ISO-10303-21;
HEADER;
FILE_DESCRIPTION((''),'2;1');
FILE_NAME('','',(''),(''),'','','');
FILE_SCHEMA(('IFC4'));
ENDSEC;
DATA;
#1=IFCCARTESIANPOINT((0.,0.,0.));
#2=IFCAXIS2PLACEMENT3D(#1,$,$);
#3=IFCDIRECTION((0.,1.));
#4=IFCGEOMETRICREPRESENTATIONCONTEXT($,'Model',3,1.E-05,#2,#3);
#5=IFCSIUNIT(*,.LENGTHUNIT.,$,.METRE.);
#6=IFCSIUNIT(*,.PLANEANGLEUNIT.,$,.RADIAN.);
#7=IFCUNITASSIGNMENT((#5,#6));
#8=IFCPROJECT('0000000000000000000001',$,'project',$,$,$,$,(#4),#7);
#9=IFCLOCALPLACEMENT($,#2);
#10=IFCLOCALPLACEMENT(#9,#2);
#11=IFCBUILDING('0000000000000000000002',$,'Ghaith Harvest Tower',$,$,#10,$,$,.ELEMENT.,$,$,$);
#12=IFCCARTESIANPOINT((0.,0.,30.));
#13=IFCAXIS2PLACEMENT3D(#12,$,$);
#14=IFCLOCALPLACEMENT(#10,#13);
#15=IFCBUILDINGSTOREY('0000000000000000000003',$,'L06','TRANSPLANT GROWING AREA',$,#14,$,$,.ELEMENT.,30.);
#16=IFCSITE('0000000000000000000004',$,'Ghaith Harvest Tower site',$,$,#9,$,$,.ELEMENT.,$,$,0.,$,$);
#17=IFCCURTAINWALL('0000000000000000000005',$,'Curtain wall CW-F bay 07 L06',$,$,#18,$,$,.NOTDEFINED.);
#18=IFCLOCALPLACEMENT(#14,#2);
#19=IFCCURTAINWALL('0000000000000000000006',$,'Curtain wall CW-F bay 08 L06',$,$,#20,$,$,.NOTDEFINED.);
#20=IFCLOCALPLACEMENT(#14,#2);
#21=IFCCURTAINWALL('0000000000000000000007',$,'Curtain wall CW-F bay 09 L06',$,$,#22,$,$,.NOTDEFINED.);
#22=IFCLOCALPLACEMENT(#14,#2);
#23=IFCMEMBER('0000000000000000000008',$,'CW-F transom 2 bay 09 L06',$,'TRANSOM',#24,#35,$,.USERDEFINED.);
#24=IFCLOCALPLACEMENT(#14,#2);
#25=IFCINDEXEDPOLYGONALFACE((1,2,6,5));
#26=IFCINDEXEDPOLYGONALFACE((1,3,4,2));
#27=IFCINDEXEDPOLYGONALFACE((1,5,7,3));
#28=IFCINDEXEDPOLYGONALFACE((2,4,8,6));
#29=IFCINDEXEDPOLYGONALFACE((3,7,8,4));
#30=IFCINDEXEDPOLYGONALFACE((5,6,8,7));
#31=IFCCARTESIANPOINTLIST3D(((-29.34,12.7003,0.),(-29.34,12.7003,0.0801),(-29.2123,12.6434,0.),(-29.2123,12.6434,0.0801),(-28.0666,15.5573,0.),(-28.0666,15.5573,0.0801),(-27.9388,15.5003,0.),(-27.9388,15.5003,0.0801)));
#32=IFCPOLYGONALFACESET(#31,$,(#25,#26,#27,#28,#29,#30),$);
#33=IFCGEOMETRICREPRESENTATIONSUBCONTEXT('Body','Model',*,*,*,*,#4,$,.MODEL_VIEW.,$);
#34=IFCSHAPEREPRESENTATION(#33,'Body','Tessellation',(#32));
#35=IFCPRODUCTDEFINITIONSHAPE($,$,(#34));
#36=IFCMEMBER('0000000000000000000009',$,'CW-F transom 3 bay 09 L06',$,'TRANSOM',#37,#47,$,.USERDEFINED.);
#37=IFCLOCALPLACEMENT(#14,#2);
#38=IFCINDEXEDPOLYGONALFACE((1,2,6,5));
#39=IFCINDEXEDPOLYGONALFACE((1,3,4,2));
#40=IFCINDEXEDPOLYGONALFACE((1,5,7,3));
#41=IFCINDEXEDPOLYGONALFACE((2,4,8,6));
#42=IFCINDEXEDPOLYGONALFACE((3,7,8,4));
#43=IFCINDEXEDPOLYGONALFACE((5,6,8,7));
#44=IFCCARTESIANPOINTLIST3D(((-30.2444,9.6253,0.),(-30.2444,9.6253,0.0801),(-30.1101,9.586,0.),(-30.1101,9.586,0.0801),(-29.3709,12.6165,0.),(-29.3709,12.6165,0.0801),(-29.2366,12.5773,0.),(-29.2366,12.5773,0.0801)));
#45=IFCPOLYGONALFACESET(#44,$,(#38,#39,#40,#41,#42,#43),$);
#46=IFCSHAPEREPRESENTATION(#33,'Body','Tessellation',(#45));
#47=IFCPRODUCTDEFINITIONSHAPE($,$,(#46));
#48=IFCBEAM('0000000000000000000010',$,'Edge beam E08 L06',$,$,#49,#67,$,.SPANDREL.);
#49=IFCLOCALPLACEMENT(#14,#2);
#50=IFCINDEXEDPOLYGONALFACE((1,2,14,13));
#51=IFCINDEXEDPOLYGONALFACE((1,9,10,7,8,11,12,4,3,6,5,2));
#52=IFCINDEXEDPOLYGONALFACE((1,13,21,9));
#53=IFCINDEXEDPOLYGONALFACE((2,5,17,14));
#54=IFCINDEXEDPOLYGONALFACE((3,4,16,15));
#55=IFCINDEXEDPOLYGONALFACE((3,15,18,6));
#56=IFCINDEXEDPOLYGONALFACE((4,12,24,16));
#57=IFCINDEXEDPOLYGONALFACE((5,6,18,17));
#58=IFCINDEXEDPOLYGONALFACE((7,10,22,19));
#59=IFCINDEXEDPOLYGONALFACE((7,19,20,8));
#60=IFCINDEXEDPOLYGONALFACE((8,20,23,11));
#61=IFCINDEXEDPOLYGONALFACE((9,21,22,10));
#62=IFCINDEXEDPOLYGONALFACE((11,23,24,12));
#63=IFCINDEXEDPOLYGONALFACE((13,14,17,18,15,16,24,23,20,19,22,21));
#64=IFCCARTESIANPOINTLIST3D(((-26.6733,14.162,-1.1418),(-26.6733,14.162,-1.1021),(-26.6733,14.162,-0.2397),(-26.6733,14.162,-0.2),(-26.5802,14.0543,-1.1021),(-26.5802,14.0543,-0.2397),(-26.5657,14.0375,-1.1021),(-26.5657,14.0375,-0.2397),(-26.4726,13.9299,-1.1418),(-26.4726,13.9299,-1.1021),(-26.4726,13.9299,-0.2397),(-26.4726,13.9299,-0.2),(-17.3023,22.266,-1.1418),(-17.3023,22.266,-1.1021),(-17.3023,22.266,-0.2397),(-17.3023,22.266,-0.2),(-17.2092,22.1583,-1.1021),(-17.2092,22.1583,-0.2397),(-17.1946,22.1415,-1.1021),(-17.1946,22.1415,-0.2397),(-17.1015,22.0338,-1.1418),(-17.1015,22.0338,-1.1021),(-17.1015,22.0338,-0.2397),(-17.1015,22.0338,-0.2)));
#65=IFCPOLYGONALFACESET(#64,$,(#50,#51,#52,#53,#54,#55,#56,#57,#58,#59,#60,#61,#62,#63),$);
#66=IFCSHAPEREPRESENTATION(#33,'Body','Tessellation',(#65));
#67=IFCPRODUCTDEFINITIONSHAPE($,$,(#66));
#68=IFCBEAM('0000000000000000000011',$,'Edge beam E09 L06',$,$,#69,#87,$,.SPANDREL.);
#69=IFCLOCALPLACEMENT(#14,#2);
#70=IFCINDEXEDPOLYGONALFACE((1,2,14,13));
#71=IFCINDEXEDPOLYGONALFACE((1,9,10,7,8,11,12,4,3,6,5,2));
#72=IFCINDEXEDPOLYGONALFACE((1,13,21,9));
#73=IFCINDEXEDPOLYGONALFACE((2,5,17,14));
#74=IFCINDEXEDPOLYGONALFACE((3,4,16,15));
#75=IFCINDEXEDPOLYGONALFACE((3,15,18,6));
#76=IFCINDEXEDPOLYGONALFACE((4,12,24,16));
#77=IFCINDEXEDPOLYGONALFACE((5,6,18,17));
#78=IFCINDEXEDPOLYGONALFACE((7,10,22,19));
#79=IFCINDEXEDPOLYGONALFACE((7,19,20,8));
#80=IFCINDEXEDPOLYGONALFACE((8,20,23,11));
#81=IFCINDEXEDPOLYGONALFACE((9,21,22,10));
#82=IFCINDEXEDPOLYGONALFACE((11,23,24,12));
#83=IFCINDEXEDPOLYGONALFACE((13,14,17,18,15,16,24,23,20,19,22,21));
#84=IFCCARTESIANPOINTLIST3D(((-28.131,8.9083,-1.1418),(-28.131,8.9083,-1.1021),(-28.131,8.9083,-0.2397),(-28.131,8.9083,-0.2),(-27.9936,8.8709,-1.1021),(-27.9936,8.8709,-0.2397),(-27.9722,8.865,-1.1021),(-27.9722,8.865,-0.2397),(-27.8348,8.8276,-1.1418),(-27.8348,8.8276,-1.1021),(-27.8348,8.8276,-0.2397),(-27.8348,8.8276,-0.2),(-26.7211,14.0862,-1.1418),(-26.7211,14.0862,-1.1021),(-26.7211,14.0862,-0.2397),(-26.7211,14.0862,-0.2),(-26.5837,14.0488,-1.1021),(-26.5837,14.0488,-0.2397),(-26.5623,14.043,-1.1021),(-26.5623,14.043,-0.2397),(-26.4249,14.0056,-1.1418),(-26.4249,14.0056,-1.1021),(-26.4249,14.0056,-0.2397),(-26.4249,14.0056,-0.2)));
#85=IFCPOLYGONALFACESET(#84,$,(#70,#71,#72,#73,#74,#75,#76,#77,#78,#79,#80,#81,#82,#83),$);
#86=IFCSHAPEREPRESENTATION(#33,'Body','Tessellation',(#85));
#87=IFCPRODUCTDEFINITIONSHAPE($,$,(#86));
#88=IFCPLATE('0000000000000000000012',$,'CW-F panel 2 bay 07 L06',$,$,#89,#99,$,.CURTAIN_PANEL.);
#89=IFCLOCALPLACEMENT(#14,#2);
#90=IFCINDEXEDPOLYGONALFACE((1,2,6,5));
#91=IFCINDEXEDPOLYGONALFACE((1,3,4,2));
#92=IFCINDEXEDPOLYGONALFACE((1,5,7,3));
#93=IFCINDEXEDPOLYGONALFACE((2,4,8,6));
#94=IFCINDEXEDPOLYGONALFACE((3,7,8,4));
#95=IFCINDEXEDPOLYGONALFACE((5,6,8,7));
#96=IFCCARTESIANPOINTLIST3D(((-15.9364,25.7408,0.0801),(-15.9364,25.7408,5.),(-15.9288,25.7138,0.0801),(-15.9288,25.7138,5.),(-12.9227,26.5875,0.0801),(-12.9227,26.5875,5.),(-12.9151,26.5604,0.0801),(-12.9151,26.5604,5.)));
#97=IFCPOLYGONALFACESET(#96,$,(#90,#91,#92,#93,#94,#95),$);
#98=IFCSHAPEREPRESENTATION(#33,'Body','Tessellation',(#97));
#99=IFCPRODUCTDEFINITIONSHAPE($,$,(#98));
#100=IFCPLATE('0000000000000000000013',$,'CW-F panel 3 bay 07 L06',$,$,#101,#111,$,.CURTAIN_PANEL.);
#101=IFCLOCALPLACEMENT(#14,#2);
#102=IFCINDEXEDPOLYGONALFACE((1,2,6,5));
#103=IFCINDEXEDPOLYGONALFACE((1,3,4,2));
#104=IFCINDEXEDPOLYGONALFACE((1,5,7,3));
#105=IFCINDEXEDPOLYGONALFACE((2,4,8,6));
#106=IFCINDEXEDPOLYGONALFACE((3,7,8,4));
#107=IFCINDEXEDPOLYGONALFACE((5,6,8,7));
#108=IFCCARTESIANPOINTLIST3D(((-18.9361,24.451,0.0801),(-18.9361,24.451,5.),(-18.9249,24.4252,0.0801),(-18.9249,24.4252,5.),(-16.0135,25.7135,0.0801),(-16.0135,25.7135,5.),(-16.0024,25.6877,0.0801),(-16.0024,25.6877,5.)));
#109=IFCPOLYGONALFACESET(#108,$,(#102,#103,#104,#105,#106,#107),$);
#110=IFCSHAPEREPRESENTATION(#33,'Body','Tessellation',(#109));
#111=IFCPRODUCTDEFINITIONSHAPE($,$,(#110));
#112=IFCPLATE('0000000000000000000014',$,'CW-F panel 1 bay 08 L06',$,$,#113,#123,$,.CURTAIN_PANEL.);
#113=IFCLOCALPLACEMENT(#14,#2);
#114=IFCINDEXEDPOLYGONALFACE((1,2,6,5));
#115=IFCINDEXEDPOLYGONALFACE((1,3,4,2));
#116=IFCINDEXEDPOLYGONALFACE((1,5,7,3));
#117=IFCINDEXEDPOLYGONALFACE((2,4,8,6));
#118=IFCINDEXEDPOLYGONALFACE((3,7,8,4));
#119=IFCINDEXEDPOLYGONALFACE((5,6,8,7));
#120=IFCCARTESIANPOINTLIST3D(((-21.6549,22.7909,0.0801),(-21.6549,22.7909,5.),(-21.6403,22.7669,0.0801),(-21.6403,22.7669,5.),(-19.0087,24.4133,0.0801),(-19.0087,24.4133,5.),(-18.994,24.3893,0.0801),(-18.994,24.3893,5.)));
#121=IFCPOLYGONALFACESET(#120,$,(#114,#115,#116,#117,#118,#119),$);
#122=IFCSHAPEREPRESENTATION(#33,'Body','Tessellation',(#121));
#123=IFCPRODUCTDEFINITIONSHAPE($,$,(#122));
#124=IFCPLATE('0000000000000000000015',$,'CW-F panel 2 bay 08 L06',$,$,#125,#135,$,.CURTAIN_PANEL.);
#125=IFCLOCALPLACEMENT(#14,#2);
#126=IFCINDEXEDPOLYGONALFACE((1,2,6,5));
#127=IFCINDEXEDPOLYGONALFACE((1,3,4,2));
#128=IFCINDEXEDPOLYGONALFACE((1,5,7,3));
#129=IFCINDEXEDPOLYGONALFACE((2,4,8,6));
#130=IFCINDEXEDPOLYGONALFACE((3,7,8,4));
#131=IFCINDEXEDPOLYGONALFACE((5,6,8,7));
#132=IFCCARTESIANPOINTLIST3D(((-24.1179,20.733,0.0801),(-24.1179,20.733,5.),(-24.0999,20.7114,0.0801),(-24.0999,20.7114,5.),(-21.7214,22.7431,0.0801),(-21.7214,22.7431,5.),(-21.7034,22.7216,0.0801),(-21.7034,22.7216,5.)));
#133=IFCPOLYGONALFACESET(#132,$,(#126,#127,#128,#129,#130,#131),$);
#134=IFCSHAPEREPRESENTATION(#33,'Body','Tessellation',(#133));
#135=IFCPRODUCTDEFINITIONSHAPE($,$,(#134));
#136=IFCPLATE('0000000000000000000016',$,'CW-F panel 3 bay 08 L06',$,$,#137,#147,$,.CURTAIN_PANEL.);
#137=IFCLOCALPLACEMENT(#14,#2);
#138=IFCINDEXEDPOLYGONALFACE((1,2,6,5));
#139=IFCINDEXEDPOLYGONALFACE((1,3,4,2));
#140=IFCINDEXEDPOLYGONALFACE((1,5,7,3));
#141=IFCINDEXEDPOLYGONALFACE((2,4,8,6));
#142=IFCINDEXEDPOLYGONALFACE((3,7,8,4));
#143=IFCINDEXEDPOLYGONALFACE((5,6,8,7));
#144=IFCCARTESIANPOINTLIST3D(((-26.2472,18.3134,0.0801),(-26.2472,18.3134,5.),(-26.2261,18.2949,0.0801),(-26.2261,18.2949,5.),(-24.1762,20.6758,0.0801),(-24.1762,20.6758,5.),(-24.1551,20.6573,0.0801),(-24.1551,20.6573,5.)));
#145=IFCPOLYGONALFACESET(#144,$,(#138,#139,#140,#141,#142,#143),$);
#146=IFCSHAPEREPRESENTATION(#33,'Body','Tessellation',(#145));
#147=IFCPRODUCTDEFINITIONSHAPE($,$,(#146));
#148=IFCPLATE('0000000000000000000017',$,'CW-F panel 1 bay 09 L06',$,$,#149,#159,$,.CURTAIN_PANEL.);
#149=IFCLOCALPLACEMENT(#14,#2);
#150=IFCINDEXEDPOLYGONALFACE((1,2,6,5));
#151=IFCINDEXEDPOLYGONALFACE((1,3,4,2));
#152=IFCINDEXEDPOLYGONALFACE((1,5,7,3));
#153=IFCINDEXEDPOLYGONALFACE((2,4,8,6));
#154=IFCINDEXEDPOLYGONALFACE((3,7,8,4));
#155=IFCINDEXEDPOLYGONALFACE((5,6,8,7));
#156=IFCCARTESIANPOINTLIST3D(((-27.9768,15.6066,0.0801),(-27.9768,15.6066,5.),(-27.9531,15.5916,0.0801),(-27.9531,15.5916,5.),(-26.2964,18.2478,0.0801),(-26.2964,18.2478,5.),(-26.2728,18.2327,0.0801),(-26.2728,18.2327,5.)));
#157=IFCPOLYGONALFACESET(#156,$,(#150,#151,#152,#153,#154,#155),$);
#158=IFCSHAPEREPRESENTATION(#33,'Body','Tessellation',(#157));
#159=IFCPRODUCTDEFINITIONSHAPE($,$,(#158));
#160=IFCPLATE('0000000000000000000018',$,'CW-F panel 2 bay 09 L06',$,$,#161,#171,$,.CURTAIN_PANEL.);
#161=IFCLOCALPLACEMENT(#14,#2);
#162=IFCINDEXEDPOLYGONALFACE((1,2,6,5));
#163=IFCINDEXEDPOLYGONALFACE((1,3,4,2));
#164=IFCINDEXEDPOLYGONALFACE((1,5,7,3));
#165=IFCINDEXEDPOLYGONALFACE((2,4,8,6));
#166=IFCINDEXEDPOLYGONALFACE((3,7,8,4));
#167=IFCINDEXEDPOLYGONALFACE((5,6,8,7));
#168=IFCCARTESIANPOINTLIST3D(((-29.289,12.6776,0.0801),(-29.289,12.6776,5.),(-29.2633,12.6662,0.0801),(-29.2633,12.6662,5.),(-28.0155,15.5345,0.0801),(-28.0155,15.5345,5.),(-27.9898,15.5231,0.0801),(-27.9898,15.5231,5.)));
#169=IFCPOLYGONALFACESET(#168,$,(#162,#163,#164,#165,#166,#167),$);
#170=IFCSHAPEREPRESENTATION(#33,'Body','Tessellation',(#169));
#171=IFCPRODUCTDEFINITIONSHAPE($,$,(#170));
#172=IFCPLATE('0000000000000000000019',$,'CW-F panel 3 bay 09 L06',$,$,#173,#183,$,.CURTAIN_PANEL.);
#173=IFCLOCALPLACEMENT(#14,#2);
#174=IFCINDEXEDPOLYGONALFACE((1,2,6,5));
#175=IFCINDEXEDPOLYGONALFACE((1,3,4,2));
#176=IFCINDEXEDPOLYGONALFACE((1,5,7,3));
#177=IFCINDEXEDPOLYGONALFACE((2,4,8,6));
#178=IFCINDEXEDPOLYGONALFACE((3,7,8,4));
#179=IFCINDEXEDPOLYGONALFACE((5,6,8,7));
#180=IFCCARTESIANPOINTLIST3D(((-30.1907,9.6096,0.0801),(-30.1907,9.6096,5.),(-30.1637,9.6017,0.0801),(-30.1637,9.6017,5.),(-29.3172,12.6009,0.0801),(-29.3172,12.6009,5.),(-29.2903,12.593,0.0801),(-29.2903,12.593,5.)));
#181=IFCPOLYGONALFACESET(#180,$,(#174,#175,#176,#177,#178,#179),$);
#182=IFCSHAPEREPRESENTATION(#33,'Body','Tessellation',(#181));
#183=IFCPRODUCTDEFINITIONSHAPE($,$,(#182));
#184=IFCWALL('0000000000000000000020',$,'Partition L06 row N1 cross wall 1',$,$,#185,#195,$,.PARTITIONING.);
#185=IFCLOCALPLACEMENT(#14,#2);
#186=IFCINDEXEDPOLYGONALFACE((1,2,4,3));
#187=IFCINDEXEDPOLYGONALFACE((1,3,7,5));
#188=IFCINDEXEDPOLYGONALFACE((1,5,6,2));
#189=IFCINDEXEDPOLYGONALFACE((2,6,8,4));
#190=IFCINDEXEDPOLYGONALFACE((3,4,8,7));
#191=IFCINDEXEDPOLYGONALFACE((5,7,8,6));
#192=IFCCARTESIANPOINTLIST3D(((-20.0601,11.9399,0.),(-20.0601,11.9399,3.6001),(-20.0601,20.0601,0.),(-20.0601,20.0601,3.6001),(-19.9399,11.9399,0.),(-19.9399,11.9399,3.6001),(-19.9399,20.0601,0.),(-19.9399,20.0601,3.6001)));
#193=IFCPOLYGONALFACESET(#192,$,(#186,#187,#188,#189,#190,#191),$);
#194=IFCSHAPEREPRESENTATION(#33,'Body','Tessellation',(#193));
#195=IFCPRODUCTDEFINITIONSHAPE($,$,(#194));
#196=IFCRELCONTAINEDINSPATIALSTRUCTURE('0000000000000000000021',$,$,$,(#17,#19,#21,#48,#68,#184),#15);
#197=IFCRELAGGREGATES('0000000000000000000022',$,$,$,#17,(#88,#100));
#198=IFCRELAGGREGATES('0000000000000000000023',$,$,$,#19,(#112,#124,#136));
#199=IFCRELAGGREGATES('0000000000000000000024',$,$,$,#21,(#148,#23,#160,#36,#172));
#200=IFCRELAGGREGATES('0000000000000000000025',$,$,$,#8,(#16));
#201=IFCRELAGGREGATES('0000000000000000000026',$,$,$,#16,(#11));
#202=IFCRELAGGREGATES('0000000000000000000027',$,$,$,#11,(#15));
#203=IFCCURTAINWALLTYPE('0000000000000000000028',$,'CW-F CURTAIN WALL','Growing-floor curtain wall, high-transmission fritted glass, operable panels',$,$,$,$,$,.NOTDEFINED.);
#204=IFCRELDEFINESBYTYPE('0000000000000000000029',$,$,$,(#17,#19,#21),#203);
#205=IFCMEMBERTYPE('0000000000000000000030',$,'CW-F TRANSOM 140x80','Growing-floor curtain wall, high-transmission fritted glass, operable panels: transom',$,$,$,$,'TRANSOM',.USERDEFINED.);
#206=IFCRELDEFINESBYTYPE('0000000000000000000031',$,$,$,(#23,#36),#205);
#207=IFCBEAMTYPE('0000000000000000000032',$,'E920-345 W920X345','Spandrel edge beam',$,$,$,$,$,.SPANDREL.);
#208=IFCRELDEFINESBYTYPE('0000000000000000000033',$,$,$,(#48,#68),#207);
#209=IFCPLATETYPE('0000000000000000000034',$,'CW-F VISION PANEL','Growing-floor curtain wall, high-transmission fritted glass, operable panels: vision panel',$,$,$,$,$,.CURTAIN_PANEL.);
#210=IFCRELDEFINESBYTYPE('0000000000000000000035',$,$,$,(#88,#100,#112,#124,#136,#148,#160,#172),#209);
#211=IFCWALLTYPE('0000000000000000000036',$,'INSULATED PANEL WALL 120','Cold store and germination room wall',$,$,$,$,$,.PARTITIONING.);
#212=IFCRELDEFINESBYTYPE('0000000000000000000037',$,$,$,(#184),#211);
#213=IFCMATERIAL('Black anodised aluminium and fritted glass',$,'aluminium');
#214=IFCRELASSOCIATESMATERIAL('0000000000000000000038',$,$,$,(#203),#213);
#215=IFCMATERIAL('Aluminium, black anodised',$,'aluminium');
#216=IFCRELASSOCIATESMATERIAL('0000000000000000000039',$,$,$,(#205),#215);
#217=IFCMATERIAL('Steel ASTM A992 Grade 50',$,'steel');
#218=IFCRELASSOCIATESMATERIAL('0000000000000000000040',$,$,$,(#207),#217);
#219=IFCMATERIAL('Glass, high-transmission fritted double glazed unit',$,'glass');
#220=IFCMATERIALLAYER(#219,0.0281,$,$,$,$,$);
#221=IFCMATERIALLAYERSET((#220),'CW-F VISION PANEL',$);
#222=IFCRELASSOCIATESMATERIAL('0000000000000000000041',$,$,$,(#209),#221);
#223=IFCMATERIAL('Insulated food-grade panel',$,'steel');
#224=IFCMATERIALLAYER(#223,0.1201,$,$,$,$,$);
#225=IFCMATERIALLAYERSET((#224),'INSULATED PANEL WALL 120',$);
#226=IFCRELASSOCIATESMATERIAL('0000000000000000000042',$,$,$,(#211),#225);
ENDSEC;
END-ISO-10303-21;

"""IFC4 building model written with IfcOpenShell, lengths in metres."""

from ifc_helpers import new_model, si_unit, direction, frame, frame_2d, origin, origin_2d, place, context, subcontext, project, spatial, rectangle, i_section, extrude, material, layer, layer_set, material_profile, profile_set, type_object, element, aggregate, save


model = new_model("IFC4")

# Units and contexts
model_context = context("Model", 3, precision=1e-05, world=origin(), true_north=direction((0.0, 1.0)))
body_context = subcontext(model_context, "Body", "Model", "MODEL_VIEW")
ifc_project = project(units=[si_unit("LENGTHUNIT", "METRE"), si_unit("PLANEANGLEUNIT", "RADIAN")], contexts=[model_context])

# Site, building, storey
site_placement = place(None, origin())
site = spatial("IfcSite", under=ifc_project, at=site_placement, Name="Ghaith Harvest Tower site", CompositionType="ELEMENT", RefElevation=0.0)
building_placement = place(site_placement, origin())
building = spatial("IfcBuilding", under=site, at=building_placement, Name="Ghaith Harvest Tower", CompositionType="ELEMENT")
storey_placement = place(building_placement, frame((0.0, 0.0, 30.0)))
storey = spatial("IfcBuildingStorey", under=building, at=storey_placement, Name="L06", Description="TRANSPLANT GROWING AREA", CompositionType="ELEMENT", Elevation=30.0)

# Curtain wall
ifc_material_1 = material(Name="Black anodised aluminium and fritted glass", Category="aluminium")
curtain_wall_type = type_object("IfcCurtainWallType", Name="CW-F CURTAIN WALL", Description="Growing-floor curtain wall, high-transmission fritted glass, operable panels", PredefinedType="NOTDEFINED", material=ifc_material_1)
curtain_wall_1_placement = place(storey_placement, origin())
curtain_wall_1 = element("IfcCurtainWall", 1, at=curtain_wall_1_placement, inside=storey, type_object=curtain_wall_type, Name="Curtain wall CW-F bay 07 L06", PredefinedType="NOTDEFINED")

# Curtain walls
curtain_wall_2_placement = place(storey_placement, origin())
curtain_wall_2 = element("IfcCurtainWall", 2, at=curtain_wall_2_placement, inside=storey, type_object=curtain_wall_type, Name="Curtain wall CW-F bay 08 L06", PredefinedType="NOTDEFINED")
curtain_wall_3_placement = place(storey_placement, origin())
curtain_wall_3 = element("IfcCurtainWall", 3, at=curtain_wall_3_placement, inside=storey, type_object=curtain_wall_type, Name="Curtain wall CW-F bay 09 L06", PredefinedType="NOTDEFINED")

# Members
ifc_material_2 = material(Name="Aluminium, black anodised", Category="aluminium")
ifc_material_profile_1 = material_profile(ifc_material_2, rectangle(XDim=0.1399, YDim=0.0801, at=origin_2d()), Name="CW-F TRANSOM 140x80")
ifc_profile_set_1 = profile_set([ifc_material_profile_1], Name="Aluminium, black anodised")
member_type_1 = type_object("IfcMemberType", Name="CW-F TRANSOM 140x80", Description="Growing-floor curtain wall, high-transmission fritted glass, operable panels: transom", ElementType="TRANSOM", PredefinedType="USERDEFINED", material=ifc_profile_set_1)
member_1_placement = place(storey_placement, frame((-28.0027, 15.5288, 0.04), z_axis=(-0.407123, -0.913373, 0.0), x_axis=(0.913373, -0.407123, 0.0)))
member_1 = element("IfcMember", 4, at=member_1_placement, type_object=member_type_1, Name="CW-F transom 2 bay 09 L06", ObjectType="TRANSOM", PredefinedType="USERDEFINED", context=body_context, shape_type="SweptSolid", body=[
    extrude(rectangle(XDim=0.1399, YDim=0.0801, at=origin_2d()), origin(), (0.0, 0.0, 1.0), 3.1279),
])
member_2_placement = place(storey_placement, frame((-29.3037, 12.5969, 0.04), z_axis=(-0.280325, -0.959905, 0.0), x_axis=(0.959905, -0.280325, 0.0)))
member_2 = element("IfcMember", 5, at=member_2_placement, type_object=member_type_1, Name="CW-F transom 3 bay 09 L06", ObjectType="TRANSOM", PredefinedType="USERDEFINED", context=body_context, shape_type="SweptSolid", body=[
    extrude(rectangle(XDim=0.1399, YDim=0.0801, at=origin_2d()), origin(), (0.0, 0.0, 1.0), 3.1162),
])

# Beams
ifc_material_3 = material(Name="Steel ASTM A992 Grade 50", Category="steel")
ifc_material_profile_2 = material_profile(ifc_material_3, i_section(OverallWidth=0.3069, OverallDepth=0.9419, WebThickness=0.0222, FlangeThickness=0.0398, at=origin_2d()), Name="W920X345")
ifc_profile_set_2 = profile_set([ifc_material_profile_2], Name="Steel ASTM A992 Grade 50")
beam_type = type_object("IfcBeamType", Name="E920-345 W920X345", Description="Spandrel edge beam", PredefinedType="SPANDREL", material=ifc_profile_set_2)
beam_1_placement = place(storey_placement, frame((-17.2019, 22.1499, -0.6709), z_axis=(-0.756392, -0.654118, 0.0), x_axis=(0.654118, -0.756392, 0.0)))
element("IfcBeam", 6, at=beam_1_placement, inside=storey, type_object=beam_type, Name="Edge beam E08 L06", PredefinedType="SPANDREL", context=body_context, shape_type="SweptSolid", body=[
    extrude(i_section(OverallWidth=0.3069, OverallDepth=0.9419, WebThickness=0.0222, FlangeThickness=0.0398, at=origin_2d()), origin(), (0.0, 0.0, 1.0), 12.3892),
])
beam_2_placement = place(storey_placement, frame((-26.573, 14.0459, -0.6709), z_axis=(-0.262725, -0.964871, 0.0), x_axis=(0.964871, -0.262725, 0.0)))
element("IfcBeam", 7, at=beam_2_placement, inside=storey, type_object=beam_type, Name="Edge beam E09 L06", PredefinedType="SPANDREL", context=body_context, shape_type="SweptSolid", body=[
    extrude(i_section(OverallWidth=0.3069, OverallDepth=0.9419, WebThickness=0.0222, FlangeThickness=0.0398, at=origin_2d()), origin(), (0.0, 0.0, 1.0), 5.3665),
])

# Plates
ifc_material_4 = material(Name="Glass, high-transmission fritted double glazed unit", Category="glass")
ifc_layer_1 = layer(ifc_material_4, 0.0281)
ifc_layer_set_1 = layer_set([ifc_layer_1], Name="CW-F VISION PANEL")
plate_type = type_object("IfcPlateType", Name="CW-F VISION PANEL", Description="Growing-floor curtain wall, high-transmission fritted glass, operable panels: vision panel", PredefinedType="CURTAIN_PANEL", material=ifc_layer_set_1)
plate_1_placement = place(storey_placement, frame((-14.4258, 26.1506, 0.0801), z_axis=(0.0, 0.0, 1.0), x_axis=(-0.96273, -0.270465, 0.0)))
plate_1 = element("IfcPlate", 8, at=plate_1_placement, type_object=plate_type, Name="CW-F panel 2 bay 07 L06", PredefinedType="CURTAIN_PANEL", context=body_context, shape_type="SweptSolid", body=[
    extrude(rectangle(XDim=3.1304, YDim=0.0281, at=origin_2d()), origin(), (0.0, 0.0, 1.0), 4.9199),
])
plate_2_placement = place(storey_placement, frame((-17.4692, 25.0693, 0.0801), z_axis=(0.0, 0.0, 1.0), x_axis=(-0.918003, -0.396574, 0.0)))
plate_2 = element("IfcPlate", 9, at=plate_2_placement, type_object=plate_type, Name="CW-F panel 3 bay 07 L06", PredefinedType="CURTAIN_PANEL", context=body_context, shape_type="SweptSolid", body=[
    extrude(rectangle(XDim=3.1836, YDim=0.0281, at=origin_2d()), origin(), (0.0, 0.0, 1.0), 4.9199),
])
aggregate(curtain_wall_1, [plate_1, plate_2])
plate_3_placement = place(storey_placement, frame((-20.3245, 23.5901, 0.0801), z_axis=(0.0, 0.0, 1.0), x_axis=(-0.852528, -0.522682, 0.0)))
plate_3 = element("IfcPlate", 10, at=plate_3_placement, type_object=plate_type, Name="CW-F panel 1 bay 08 L06", PredefinedType="CURTAIN_PANEL", context=body_context, shape_type="SweptSolid", body=[
    extrude(rectangle(XDim=3.104, YDim=0.0281, at=origin_2d()), origin(), (0.0, 0.0, 1.0), 4.9199),
])
plate_4_placement = place(storey_placement, frame((-22.9106, 21.7273, 0.0801), z_axis=(0.0, 0.0, 1.0), x_axis=(-0.766155, -0.642656, 0.0)))
plate_4 = element("IfcPlate", 11, at=plate_4_placement, type_object=plate_type, Name="CW-F panel 2 bay 08 L06", PredefinedType="CURTAIN_PANEL", context=body_context, shape_type="SweptSolid", body=[
    extrude(rectangle(XDim=3.1279, YDim=0.0281, at=origin_2d()), origin(), (0.0, 0.0, 1.0), 4.9199),
])
plate_5_placement = place(storey_placement, frame((-25.2012, 19.4854, 0.0801), z_axis=(0.0, 0.0, 1.0), x_axis=(-0.659216, -0.751954, 0.0)))
plate_5 = element("IfcPlate", 12, at=plate_5_placement, type_object=plate_type, Name="CW-F panel 3 bay 08 L06", PredefinedType="CURTAIN_PANEL", context=body_context, shape_type="SweptSolid", body=[
    extrude(rectangle(XDim=3.1416, YDim=0.0281, at=origin_2d()), origin(), (0.0, 0.0, 1.0), 4.9199),
])
aggregate(curtain_wall_2, [plate_3, plate_4, plate_5])
plate_6_placement = place(storey_placement, frame((-27.1248, 16.9197, 0.0801), z_axis=(0.0, 0.0, 1.0), x_axis=(-0.536779, -0.843723, 0.0)))
plate_6 = element("IfcPlate", 13, at=plate_6_placement, type_object=plate_type, Name="CW-F panel 1 bay 09 L06", PredefinedType="CURTAIN_PANEL", context=body_context, shape_type="SweptSolid", body=[
    extrude(rectangle(XDim=3.1304, YDim=0.0281, at=origin_2d()), origin(), (0.0, 0.0, 1.0), 4.9199),
])
plate_7_placement = place(storey_placement, frame((-28.6394, 14.1003, 0.0801), z_axis=(0.0, 0.0, 1.0), x_axis=(-0.407134, -0.913368, 0.0)))
plate_7 = element("IfcPlate", 14, at=plate_7_placement, type_object=plate_type, Name="CW-F panel 2 bay 09 L06", PredefinedType="CURTAIN_PANEL", context=body_context, shape_type="SweptSolid", body=[
    extrude(rectangle(XDim=3.1279, YDim=0.0281, at=origin_2d()), origin(), (0.0, 0.0, 1.0), 4.9199),
])
plate_8_placement = place(storey_placement, frame((-29.7405, 11.1013, 0.0801), z_axis=(0.0, 0.0, 1.0), x_axis=(-0.280297, -0.959913, 0.0)))
plate_8 = element("IfcPlate", 15, at=plate_8_placement, type_object=plate_type, Name="CW-F panel 3 bay 09 L06", PredefinedType="CURTAIN_PANEL", context=body_context, shape_type="SweptSolid", body=[
    extrude(rectangle(XDim=3.1162, YDim=0.0281, at=origin_2d()), origin(), (0.0, 0.0, 1.0), 4.9199),
])
aggregate(curtain_wall_3, [plate_6, member_1, plate_7, member_2, plate_8])

# Wall
ifc_material_5 = material(Name="Insulated food-grade panel", Category="steel")
ifc_layer_2 = layer(ifc_material_5, 0.1201)
ifc_layer_set_2 = layer_set([ifc_layer_2], Name="INSULATED PANEL WALL 120")
wall_type_1 = type_object("IfcWallType", Name="INSULATED PANEL WALL 120", Description="Cold store and germination room wall", PredefinedType="PARTITIONING", material=ifc_layer_set_2)
wall_1_placement = place(storey_placement, frame((-20.0, 11.9399, 0.0), z_axis=(0.0, 0.0, 1.0), x_axis=(0.0, 1.0, 0.0)))
element("IfcWall", 16, at=wall_1_placement, inside=storey, type_object=wall_type_1, Name="Partition L06 row N1 cross wall 1", PredefinedType="PARTITIONING", context=body_context, shape_type="SweptSolid", body=[
    extrude(rectangle(XDim=8.1201, YDim=0.1201, at=frame_2d((4.0601, 0.0))), origin(), (0.0, 0.0, 1.0), 3.6001),
])

save(model, "model.ifc")
